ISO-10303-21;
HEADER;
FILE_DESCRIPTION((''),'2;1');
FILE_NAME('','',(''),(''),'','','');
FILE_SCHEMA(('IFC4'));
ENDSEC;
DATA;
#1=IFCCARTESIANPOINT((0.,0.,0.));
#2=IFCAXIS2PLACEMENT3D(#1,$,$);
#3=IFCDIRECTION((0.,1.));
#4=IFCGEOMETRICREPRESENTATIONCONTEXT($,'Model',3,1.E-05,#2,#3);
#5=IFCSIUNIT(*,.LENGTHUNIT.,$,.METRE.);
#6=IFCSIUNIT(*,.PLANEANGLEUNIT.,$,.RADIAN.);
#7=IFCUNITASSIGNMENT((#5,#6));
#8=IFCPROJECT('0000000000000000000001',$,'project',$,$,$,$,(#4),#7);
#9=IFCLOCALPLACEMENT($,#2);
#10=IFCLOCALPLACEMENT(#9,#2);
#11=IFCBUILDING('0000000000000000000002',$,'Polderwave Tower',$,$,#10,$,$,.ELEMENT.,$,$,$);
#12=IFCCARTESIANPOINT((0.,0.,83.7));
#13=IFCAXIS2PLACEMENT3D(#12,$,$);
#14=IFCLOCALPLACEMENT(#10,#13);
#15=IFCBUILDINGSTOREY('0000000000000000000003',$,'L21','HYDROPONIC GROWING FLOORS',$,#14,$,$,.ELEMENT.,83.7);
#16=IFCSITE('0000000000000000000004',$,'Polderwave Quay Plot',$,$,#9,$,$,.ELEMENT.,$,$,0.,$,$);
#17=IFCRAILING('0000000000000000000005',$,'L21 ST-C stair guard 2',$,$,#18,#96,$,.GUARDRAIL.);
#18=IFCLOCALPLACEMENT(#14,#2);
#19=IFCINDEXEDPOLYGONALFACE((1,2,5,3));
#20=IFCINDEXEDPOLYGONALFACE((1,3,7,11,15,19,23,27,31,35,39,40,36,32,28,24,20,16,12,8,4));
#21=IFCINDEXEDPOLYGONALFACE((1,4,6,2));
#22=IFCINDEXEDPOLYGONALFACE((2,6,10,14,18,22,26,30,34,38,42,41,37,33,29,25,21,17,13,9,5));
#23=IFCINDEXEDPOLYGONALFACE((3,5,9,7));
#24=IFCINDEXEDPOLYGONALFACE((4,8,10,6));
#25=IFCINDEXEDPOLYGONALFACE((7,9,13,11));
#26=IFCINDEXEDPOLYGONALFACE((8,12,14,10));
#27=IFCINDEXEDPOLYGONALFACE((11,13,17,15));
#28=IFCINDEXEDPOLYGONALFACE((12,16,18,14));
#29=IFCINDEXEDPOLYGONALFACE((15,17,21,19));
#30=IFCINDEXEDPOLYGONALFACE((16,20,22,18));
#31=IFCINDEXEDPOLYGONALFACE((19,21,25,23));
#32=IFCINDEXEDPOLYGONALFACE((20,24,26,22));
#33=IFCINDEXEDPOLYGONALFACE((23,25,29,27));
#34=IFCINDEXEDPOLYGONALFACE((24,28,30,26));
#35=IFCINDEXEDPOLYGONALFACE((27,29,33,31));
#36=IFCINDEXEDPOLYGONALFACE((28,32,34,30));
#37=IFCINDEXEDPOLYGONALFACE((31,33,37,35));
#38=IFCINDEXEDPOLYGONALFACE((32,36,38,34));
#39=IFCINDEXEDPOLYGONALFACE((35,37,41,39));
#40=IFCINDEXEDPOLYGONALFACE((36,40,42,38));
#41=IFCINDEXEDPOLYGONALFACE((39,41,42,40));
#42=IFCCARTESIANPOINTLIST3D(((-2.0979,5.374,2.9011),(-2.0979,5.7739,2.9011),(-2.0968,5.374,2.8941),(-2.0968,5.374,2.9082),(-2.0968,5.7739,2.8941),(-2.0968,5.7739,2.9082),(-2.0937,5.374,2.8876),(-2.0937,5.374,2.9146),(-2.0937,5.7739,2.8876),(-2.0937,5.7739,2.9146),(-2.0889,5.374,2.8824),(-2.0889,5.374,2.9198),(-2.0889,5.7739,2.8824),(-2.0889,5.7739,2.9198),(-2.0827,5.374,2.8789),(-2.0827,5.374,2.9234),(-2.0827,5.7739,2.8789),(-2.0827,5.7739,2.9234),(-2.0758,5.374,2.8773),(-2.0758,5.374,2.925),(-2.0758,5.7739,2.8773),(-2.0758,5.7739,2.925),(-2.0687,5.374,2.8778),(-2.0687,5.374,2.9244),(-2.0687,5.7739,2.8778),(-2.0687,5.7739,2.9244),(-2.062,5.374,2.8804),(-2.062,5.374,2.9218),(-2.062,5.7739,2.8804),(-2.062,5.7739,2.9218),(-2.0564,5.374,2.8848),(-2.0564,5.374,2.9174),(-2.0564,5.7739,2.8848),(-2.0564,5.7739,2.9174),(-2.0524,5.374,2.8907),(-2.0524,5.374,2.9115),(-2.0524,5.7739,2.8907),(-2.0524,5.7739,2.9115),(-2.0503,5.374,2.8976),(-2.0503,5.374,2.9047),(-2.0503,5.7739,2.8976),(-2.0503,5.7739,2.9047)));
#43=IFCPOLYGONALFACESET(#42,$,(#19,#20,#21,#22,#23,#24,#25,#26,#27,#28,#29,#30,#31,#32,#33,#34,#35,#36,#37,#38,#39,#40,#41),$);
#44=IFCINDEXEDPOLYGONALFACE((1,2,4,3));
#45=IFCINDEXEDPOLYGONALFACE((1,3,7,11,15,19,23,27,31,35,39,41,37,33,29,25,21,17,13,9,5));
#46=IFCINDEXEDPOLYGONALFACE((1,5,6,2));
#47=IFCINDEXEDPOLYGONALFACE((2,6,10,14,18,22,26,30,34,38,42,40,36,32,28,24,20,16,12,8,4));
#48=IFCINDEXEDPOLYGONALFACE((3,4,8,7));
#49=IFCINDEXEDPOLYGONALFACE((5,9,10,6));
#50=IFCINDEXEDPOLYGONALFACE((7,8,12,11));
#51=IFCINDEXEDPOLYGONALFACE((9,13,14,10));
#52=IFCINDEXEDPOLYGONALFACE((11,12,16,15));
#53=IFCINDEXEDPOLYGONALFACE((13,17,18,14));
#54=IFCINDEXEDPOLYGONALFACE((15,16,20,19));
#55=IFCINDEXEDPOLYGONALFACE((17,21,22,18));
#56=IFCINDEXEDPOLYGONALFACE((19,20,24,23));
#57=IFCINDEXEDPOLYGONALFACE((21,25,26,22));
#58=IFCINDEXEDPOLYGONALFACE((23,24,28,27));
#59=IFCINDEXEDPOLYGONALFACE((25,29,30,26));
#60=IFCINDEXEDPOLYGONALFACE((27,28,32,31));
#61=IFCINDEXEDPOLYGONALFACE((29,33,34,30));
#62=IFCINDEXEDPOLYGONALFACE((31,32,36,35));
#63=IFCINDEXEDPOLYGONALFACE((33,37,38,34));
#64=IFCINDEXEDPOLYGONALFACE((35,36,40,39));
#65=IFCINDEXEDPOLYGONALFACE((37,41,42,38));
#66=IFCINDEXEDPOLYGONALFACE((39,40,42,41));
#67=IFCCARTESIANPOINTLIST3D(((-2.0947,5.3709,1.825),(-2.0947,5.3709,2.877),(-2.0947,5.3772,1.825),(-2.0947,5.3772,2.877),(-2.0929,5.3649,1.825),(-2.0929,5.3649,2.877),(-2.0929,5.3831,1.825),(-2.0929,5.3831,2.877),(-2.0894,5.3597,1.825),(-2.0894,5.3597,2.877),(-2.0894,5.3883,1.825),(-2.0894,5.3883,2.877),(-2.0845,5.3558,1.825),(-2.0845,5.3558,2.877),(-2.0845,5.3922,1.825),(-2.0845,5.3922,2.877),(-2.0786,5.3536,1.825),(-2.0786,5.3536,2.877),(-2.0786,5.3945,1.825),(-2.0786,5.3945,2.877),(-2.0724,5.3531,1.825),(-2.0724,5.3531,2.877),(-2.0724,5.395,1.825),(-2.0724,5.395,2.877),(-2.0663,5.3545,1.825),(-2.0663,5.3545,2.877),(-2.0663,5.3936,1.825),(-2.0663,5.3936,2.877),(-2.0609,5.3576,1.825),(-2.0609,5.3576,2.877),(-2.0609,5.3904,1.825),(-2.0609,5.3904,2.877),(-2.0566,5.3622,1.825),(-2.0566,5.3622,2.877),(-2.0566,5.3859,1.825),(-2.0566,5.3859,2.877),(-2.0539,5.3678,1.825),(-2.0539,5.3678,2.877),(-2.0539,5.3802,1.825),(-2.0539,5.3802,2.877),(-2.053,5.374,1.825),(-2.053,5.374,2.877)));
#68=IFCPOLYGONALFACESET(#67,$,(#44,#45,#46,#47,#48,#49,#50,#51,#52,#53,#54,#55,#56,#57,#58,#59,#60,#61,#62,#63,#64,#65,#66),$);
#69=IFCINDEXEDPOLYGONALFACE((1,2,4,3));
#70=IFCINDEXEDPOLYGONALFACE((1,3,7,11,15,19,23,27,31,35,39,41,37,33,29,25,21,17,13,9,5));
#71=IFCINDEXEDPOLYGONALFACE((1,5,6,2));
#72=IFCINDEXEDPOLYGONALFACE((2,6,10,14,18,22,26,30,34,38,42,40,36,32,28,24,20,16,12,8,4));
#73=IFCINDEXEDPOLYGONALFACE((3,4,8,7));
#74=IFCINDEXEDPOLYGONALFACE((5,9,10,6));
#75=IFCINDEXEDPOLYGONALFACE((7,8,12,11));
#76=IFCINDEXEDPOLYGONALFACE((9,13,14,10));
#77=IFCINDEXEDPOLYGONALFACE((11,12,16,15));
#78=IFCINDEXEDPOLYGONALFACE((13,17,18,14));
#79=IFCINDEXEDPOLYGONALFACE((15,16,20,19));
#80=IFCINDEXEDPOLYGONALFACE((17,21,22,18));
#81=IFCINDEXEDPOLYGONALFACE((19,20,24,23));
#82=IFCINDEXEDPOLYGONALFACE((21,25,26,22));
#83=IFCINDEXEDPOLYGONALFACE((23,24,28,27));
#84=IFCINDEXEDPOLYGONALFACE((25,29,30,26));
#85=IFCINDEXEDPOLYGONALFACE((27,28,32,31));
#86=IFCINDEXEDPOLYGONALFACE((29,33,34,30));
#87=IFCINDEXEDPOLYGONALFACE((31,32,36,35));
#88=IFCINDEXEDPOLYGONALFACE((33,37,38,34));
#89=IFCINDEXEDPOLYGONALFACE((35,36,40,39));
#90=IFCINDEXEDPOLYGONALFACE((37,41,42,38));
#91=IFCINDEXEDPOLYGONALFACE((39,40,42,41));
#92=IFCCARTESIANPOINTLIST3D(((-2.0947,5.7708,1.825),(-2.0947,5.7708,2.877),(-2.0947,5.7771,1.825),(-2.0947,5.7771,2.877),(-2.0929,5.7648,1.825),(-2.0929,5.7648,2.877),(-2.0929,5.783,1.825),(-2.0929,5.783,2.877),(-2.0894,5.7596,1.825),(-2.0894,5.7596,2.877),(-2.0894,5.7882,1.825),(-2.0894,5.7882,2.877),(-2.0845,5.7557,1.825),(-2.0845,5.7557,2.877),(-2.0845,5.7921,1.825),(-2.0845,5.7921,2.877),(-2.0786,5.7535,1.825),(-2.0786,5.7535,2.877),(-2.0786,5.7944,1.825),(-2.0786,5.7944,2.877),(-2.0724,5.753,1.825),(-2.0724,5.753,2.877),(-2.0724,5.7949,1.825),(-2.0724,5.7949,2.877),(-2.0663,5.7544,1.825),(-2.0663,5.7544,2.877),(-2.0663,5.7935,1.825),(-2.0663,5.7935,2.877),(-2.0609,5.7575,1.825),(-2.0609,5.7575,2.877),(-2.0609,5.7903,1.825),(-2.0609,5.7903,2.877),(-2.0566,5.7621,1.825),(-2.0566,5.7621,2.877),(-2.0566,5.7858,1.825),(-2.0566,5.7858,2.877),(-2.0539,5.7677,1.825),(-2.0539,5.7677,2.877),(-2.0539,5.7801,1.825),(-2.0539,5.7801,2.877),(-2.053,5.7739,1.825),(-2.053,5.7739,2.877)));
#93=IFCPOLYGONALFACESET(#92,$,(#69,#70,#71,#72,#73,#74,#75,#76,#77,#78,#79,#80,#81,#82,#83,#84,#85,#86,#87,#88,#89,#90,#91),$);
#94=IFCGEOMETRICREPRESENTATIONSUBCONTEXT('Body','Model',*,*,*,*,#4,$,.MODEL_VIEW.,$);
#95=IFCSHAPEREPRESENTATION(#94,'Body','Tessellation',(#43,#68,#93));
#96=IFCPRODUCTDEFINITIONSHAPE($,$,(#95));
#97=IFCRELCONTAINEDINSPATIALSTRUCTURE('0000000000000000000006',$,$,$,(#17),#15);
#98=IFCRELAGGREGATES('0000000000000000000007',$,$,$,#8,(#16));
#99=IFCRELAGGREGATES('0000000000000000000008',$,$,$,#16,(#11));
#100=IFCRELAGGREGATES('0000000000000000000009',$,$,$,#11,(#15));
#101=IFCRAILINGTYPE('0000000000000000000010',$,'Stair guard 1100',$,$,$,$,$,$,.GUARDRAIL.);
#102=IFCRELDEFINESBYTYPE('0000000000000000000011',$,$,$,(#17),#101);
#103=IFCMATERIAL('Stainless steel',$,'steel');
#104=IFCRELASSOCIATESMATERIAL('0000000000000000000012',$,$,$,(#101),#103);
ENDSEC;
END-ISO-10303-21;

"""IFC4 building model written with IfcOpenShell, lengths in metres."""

from ifc_helpers import new_model, si_unit, direction, frame, origin, origin_2d, place, context, subcontext, project, spatial, circle, extrude, material, type_object, element, save


model = new_model("IFC4")

# Units and contexts
model_context = context("Model", 3, precision=1e-05, world=origin(), true_north=direction((0.0, 1.0)))
body_context = subcontext(model_context, "Body", "Model", "MODEL_VIEW")
ifc_project = project(units=[si_unit("LENGTHUNIT", "METRE"), si_unit("PLANEANGLEUNIT", "RADIAN")], contexts=[model_context])

# Site, building, storey
site_placement = place(None, origin())
site = spatial("IfcSite", under=ifc_project, at=site_placement, Name="Polderwave Quay Plot", CompositionType="ELEMENT", RefElevation=0.0)
building_placement = place(site_placement, origin())
building = spatial("IfcBuilding", under=site, at=building_placement, Name="Polderwave Tower", CompositionType="ELEMENT")
storey_placement = place(building_placement, frame((0.0, 0.0, 83.7)))
storey = spatial("IfcBuildingStorey", under=building, at=storey_placement, Name="L21", Description="HYDROPONIC GROWING FLOORS", CompositionType="ELEMENT", Elevation=83.7)

# Railing
ifc_material_1 = material(Name="Stainless steel", Category="steel")
railing_type_1 = type_object("IfcRailingType", Name="Stair guard 1100", PredefinedType="GUARDRAIL", material=ifc_material_1)
railing_1_placement = place(storey_placement, frame((-2.074, 5.374, 1.825)))
element("IfcRailing", 1, at=railing_1_placement, inside=storey, type_object=railing_type_1, Name="L21 ST-C stair guard 2", PredefinedType="GUARDRAIL", context=body_context, shape_type="SweptSolid", body=[
    extrude(circle(Radius=0.0239, at=origin_2d()), frame((0.0, 0.0, 1.0762), z_axis=(0.0, 1.0, 0.0), x_axis=(-1.0, 0.0, 0.0)), (0.0, 0.0, 1.0), 0.3999),
    extrude(circle(Radius=0.021, at=origin_2d()), origin(), (0.0, 0.0, 1.0), 1.052),
    extrude(circle(Radius=0.021, at=origin_2d()), frame((0.0, 0.3999, 0.0)), (0.0, 0.0, 1.0), 1.052),
])

save(model, "model.ifc")
